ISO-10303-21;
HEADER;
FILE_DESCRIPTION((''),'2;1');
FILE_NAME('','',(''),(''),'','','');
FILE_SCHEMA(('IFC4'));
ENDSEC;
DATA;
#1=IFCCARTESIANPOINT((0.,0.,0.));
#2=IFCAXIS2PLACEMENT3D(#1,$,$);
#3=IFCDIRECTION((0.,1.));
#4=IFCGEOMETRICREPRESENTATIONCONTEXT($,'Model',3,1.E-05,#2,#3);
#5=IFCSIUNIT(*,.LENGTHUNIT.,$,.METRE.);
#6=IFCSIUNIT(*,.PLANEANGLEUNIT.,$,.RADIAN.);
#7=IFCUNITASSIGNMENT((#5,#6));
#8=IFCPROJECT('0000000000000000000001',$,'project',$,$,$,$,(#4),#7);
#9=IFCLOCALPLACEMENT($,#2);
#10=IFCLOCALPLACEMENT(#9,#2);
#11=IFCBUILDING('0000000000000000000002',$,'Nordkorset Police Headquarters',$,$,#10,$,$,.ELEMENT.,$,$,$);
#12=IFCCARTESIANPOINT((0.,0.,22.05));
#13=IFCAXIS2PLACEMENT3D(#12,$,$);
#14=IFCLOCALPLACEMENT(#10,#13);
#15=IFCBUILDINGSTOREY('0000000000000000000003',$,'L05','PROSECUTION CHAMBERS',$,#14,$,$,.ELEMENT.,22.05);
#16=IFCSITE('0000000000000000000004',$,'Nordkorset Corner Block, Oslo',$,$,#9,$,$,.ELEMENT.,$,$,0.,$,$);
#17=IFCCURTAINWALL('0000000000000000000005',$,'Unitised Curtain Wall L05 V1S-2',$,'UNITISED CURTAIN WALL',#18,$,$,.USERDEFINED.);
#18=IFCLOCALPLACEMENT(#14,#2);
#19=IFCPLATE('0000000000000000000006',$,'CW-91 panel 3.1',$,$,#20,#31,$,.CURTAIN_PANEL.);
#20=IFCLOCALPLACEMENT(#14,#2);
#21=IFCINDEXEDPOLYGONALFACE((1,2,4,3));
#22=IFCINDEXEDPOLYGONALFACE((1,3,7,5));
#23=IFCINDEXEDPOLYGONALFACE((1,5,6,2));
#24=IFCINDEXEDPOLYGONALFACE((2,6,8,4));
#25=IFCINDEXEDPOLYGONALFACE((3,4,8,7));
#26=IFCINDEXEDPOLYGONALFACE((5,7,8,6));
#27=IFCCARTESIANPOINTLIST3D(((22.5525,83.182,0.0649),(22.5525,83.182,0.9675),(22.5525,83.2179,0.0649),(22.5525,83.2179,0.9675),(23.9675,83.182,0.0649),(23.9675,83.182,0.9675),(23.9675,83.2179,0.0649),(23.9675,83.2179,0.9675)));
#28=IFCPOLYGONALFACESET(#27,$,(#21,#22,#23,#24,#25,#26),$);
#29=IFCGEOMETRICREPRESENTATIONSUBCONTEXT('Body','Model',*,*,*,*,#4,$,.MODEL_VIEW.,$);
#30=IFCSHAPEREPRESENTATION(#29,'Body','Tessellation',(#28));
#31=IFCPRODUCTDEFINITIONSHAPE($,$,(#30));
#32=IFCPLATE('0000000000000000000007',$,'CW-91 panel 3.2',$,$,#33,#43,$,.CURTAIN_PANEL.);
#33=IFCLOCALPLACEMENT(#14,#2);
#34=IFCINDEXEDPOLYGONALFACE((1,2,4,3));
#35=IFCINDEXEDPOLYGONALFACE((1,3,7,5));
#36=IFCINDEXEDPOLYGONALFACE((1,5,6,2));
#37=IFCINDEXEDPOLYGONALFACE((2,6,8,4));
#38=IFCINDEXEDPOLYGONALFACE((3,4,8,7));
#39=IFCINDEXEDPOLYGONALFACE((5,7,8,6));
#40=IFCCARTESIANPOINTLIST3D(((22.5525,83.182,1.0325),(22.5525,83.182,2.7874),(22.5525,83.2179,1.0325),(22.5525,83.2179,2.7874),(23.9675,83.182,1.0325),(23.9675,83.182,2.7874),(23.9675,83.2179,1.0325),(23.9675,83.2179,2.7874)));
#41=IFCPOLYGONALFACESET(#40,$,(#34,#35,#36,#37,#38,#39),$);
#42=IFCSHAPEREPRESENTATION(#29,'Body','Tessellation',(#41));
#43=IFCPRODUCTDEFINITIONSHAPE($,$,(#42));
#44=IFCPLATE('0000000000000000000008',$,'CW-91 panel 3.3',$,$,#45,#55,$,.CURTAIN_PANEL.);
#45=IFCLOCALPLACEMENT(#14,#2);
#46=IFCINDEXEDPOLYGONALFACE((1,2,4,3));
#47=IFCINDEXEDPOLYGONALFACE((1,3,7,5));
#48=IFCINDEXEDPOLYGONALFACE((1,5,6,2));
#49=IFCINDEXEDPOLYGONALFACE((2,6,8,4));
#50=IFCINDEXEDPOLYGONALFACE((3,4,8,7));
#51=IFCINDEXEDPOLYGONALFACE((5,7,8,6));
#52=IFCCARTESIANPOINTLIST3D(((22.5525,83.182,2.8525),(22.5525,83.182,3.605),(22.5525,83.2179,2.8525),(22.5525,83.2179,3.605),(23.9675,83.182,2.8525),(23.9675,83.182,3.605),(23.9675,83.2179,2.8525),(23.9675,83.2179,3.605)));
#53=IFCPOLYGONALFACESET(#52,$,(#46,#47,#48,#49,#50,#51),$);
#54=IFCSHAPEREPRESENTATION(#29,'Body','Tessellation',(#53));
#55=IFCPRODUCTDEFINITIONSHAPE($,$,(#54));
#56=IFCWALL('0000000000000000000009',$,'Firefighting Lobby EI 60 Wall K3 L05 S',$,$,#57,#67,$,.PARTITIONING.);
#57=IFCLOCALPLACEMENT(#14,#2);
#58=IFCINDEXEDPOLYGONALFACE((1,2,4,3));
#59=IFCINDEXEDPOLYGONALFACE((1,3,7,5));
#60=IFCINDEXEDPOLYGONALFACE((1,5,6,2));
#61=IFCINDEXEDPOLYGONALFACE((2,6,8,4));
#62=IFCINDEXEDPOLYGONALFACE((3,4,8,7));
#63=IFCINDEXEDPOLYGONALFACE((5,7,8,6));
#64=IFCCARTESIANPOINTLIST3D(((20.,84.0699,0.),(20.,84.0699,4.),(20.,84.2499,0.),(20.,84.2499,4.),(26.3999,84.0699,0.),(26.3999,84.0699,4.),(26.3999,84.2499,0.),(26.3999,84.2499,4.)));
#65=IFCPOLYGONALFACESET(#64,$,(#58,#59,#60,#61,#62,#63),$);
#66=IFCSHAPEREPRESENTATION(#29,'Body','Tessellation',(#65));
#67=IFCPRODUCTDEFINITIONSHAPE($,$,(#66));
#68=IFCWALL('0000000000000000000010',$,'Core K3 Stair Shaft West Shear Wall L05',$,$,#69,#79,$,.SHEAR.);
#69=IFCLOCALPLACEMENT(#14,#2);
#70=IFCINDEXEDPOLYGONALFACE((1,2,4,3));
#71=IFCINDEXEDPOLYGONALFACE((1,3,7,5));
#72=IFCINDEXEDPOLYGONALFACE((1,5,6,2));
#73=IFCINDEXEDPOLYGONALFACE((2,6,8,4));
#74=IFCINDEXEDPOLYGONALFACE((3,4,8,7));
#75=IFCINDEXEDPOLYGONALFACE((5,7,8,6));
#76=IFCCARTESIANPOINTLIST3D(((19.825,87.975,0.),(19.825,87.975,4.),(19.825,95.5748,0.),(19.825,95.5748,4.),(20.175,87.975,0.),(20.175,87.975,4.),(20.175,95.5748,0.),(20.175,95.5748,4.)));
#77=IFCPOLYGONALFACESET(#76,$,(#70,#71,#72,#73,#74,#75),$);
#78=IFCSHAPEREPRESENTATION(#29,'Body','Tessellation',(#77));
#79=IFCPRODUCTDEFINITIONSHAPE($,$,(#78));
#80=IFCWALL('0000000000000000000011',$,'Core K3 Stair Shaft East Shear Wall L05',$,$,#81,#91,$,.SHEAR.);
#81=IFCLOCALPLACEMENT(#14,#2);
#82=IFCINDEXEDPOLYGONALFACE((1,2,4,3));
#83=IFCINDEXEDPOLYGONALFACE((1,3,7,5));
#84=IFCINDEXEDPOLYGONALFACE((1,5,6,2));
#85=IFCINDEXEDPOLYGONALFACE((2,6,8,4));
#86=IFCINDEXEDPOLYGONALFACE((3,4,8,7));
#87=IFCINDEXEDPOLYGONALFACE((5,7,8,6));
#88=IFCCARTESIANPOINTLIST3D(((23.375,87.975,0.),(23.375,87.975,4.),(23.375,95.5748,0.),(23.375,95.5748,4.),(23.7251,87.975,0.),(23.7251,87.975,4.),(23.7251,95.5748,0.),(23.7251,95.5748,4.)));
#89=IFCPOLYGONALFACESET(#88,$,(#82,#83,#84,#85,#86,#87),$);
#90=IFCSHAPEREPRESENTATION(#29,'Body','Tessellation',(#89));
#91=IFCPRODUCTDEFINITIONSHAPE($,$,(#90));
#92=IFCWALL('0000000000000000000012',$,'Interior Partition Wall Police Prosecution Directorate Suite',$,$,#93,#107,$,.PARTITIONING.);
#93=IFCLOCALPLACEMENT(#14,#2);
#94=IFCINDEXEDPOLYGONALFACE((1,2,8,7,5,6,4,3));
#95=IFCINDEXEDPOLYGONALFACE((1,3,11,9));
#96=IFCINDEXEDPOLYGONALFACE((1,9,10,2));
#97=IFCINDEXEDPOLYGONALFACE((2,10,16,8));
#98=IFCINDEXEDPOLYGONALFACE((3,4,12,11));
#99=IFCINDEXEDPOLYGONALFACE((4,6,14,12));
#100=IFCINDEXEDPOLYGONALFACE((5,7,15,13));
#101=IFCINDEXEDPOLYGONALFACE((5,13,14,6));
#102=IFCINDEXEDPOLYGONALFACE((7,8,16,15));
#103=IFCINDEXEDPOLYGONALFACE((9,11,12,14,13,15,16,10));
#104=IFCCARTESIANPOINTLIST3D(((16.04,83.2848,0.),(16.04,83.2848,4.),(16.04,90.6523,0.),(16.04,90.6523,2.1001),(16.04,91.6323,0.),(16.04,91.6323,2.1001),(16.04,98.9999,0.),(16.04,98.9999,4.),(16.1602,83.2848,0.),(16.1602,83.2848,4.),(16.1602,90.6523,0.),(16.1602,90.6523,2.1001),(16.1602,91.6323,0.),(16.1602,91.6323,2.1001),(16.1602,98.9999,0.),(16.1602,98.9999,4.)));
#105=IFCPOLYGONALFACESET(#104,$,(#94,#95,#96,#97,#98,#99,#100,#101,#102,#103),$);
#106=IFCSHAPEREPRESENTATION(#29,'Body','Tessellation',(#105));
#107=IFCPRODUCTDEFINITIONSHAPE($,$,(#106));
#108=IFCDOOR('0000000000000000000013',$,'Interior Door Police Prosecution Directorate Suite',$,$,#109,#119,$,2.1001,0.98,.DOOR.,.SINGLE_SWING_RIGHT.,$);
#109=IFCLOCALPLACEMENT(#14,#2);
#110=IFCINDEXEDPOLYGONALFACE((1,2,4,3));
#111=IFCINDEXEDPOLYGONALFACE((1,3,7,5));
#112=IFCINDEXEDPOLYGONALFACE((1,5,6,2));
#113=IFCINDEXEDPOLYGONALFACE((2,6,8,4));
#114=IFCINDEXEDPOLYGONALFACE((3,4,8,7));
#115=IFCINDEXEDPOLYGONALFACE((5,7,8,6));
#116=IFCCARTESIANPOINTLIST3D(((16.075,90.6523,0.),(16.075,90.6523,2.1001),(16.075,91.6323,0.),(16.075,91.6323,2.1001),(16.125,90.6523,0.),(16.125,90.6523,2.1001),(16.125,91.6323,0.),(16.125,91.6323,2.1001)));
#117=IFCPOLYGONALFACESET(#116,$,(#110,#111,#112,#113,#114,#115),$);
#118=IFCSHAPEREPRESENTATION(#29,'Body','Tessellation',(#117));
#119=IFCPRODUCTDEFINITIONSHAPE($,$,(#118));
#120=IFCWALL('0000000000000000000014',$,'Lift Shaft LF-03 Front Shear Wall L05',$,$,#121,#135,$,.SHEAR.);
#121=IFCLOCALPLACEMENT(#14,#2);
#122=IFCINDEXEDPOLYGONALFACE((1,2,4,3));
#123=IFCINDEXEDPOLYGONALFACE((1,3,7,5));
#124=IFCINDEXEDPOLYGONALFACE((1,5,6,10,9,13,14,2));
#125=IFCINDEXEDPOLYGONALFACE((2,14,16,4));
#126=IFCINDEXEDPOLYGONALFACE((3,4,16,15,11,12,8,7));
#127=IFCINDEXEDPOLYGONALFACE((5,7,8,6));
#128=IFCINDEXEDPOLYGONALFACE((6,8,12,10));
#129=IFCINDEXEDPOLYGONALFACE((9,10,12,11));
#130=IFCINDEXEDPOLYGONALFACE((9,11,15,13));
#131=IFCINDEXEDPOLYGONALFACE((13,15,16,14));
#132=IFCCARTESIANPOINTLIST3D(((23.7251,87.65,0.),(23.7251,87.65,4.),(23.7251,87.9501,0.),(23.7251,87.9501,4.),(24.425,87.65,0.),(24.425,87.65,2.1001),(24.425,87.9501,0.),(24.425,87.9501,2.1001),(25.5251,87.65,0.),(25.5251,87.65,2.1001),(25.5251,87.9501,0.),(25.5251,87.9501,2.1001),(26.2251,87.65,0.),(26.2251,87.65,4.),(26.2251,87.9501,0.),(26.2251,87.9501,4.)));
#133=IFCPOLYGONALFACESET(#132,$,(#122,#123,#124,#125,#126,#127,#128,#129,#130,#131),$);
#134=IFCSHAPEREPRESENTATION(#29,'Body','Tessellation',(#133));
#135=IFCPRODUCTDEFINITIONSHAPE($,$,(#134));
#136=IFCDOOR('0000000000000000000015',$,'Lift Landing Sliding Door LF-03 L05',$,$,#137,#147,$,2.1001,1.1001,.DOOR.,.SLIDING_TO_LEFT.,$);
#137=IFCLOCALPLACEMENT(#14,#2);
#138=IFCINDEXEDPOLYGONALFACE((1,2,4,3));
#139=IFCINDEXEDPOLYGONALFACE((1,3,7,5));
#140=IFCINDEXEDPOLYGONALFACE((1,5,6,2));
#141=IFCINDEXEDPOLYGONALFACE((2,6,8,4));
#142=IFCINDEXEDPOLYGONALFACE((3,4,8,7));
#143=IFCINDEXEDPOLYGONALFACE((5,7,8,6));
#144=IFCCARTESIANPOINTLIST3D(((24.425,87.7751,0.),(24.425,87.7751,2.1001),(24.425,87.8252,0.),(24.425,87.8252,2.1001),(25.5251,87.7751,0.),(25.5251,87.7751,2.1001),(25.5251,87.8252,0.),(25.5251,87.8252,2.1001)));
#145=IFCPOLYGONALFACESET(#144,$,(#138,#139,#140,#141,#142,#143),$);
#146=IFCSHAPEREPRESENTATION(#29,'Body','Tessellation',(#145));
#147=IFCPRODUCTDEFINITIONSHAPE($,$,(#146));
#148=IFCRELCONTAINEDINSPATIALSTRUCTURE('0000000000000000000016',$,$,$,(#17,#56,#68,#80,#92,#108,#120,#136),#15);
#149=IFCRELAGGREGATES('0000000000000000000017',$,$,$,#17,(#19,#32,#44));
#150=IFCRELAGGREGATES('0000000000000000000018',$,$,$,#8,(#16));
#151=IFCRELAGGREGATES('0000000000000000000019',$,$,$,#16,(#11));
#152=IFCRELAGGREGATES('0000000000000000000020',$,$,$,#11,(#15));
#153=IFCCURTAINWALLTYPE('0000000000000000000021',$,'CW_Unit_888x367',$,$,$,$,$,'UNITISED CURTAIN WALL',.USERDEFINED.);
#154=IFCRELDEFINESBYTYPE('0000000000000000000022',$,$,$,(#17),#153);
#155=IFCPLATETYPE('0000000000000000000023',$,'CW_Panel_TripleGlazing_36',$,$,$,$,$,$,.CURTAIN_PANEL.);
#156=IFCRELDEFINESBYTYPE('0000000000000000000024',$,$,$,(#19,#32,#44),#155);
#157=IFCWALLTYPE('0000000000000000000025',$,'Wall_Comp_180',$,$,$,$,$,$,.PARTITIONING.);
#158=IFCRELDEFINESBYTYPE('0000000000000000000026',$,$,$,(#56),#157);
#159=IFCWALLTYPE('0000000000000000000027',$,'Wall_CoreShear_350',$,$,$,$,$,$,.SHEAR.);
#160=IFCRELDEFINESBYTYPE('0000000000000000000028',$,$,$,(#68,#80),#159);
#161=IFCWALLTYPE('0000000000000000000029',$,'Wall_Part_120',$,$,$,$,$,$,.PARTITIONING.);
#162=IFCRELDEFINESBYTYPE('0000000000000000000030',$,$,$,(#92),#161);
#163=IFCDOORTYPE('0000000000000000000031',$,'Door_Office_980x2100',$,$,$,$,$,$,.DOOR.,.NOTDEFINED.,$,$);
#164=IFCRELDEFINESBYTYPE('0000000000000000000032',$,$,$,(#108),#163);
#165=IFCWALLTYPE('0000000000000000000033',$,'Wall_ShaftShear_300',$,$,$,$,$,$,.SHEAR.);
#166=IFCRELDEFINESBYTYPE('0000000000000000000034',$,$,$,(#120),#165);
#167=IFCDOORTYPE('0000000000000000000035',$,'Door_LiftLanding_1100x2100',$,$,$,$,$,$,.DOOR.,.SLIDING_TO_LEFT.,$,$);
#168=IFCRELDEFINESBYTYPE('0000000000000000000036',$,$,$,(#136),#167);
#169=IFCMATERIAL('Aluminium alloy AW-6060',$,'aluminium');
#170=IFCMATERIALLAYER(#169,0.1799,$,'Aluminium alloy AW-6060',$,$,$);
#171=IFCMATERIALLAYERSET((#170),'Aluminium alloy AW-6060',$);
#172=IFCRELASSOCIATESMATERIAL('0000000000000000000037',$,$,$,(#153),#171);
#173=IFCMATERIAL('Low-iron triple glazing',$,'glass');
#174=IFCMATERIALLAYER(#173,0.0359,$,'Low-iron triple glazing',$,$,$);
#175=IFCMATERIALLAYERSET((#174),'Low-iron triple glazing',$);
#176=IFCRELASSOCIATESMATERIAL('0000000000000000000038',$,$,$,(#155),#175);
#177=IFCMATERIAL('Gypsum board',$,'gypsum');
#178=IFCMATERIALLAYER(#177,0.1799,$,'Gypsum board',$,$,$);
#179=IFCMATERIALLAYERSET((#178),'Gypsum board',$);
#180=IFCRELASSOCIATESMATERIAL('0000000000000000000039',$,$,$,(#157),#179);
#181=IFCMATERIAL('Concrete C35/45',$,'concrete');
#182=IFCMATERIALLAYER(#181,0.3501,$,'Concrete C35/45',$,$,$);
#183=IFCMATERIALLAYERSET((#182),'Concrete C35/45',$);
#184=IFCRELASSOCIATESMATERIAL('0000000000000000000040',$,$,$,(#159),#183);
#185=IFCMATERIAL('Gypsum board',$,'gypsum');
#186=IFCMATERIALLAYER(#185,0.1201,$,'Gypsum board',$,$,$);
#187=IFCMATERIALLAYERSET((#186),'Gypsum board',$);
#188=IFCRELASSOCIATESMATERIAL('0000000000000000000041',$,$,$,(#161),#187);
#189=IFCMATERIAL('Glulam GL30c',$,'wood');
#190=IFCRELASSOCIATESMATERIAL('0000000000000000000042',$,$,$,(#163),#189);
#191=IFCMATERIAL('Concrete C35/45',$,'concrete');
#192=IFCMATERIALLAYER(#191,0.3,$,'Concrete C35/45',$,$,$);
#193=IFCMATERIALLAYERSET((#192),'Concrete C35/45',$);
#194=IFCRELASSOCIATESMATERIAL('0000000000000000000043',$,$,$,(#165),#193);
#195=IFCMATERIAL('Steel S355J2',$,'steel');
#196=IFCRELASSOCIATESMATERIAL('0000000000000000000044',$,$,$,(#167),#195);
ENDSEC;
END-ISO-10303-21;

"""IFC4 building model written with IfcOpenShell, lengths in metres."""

from ifc_helpers import new_model, si_unit, direction, frame, frame_2d, origin, origin_2d, place, context, subcontext, project, spatial, rectangle, extrude, material, layer, layer_set, type_object, element, fill, aggregate, save


model = new_model("IFC4")

# Units and contexts
model_context = context("Model", 3, precision=1e-05, world=origin(), true_north=direction((0.0, 1.0)))
body_context = subcontext(model_context, "Body", "Model", "MODEL_VIEW")
ifc_project = project(units=[si_unit("LENGTHUNIT", "METRE"), si_unit("PLANEANGLEUNIT", "RADIAN")], contexts=[model_context])

# Site, building, storey
site_placement = place(None, origin())
site = spatial("IfcSite", under=ifc_project, at=site_placement, Name="Nordkorset Corner Block, Oslo", CompositionType="ELEMENT", RefElevation=0.0)
building_placement = place(site_placement, origin())
building = spatial("IfcBuilding", under=site, at=building_placement, Name="Nordkorset Police Headquarters", CompositionType="ELEMENT")
storey_placement = place(building_placement, frame((0.0, 0.0, 22.05)))
storey = spatial("IfcBuildingStorey", under=building, at=storey_placement, Name="L05", Description="PROSECUTION CHAMBERS", CompositionType="ELEMENT", Elevation=22.05)

# Curtain wall
ifc_material_1 = material(Name="Aluminium alloy AW-6060", Category="aluminium")
ifc_layer_1 = layer(ifc_material_1, 0.1799, Name="Aluminium alloy AW-6060")
ifc_layer_set_1 = layer_set([ifc_layer_1], Name="Aluminium alloy AW-6060")
curtain_wall_type = type_object("IfcCurtainWallType", Name="CW_Unit_888x367", ElementType="UNITISED CURTAIN WALL", PredefinedType="USERDEFINED", material=ifc_layer_set_1)
curtain_wall_placement = place(storey_placement, origin())
curtain_wall = element("IfcCurtainWall", 1, at=curtain_wall_placement, inside=storey, type_object=curtain_wall_type, Name="Unitised Curtain Wall L05 V1S-2", ObjectType="UNITISED CURTAIN WALL", PredefinedType="USERDEFINED")

# Plates
ifc_material_2 = material(Name="Low-iron triple glazing", Category="glass")
ifc_layer_2 = layer(ifc_material_2, 0.0359, Name="Low-iron triple glazing")
ifc_layer_set_2 = layer_set([ifc_layer_2], Name="Low-iron triple glazing")
plate_type = type_object("IfcPlateType", Name="CW_Panel_TripleGlazing_36", PredefinedType="CURTAIN_PANEL", material=ifc_layer_set_2)
plate_1_placement = place(storey_placement, frame((23.26, 83.2, 0.0649), z_axis=(0.0, 0.0, 1.0), x_axis=(1.0, 0.0, 0.0)))
plate_1 = element("IfcPlate", 2, at=plate_1_placement, type_object=plate_type, Name="CW-91 panel 3.1", PredefinedType="CURTAIN_PANEL", context=body_context, shape_type="SweptSolid", body=[
    extrude(rectangle(XDim=1.415, YDim=0.0359, at=origin_2d()), origin(), (0.0, 0.0, 1.0), 0.9026),
])
plate_2_placement = place(storey_placement, frame((23.26, 83.2, 1.0325), z_axis=(0.0, 0.0, 1.0), x_axis=(1.0, 0.0, 0.0)))
plate_2 = element("IfcPlate", 3, at=plate_2_placement, type_object=plate_type, Name="CW-91 panel 3.2", PredefinedType="CURTAIN_PANEL", context=body_context, shape_type="SweptSolid", body=[
    extrude(rectangle(XDim=1.415, YDim=0.0359, at=origin_2d()), origin(), (0.0, 0.0, 1.0), 1.7549),
])
plate_3_placement = place(storey_placement, frame((23.26, 83.2, 2.8525), z_axis=(0.0, 0.0, 1.0), x_axis=(1.0, 0.0, 0.0)))
plate_3 = element("IfcPlate", 4, at=plate_3_placement, type_object=plate_type, Name="CW-91 panel 3.3", PredefinedType="CURTAIN_PANEL", context=body_context, shape_type="SweptSolid", body=[
    extrude(rectangle(XDim=1.415, YDim=0.0359, at=origin_2d()), origin(), (0.0, 0.0, 1.0), 0.7524),
])
aggregate(curtain_wall, [plate_1, plate_2, plate_3])

# Wall
ifc_material_3 = material(Name="Gypsum board", Category="gypsum")
ifc_layer_3 = layer(ifc_material_3, 0.1799, Name="Gypsum board")
ifc_layer_set_3 = layer_set([ifc_layer_3], Name="Gypsum board")
wall_type_1 = type_object("IfcWallType", Name="Wall_Comp_180", PredefinedType="PARTITIONING", material=ifc_layer_set_3)
wall_1_placement = place(storey_placement, frame((20.0, 84.1599, 0.0), z_axis=(0.0, 0.0, 1.0), x_axis=(1.0, 0.0, 0.0)))
element("IfcWall", 5, at=wall_1_placement, inside=storey, type_object=wall_type_1, Name="Firefighting Lobby EI 60 Wall K3 L05 S", PredefinedType="PARTITIONING", context=body_context, shape_type="SweptSolid", body=[
    extrude(rectangle(XDim=6.3999, YDim=0.1799, at=frame_2d((3.2, 0.0))), origin(), (0.0, 0.0, 1.0), 4.0),
])

# Shared definitions
ifc_material_4 = material(Name="Concrete C35/45", Category="concrete")
ifc_layer_4 = layer(ifc_material_4, 0.3501, Name="Concrete C35/45")
ifc_layer_set_4 = layer_set([ifc_layer_4], Name="Concrete C35/45")
wall_type_2 = type_object("IfcWallType", Name="Wall_CoreShear_350", PredefinedType="SHEAR", material=ifc_layer_set_4)

# Walls
for number, where, z_axis, x_axis, name in (
    (6, (20.0, 87.9751, 0.0), (0.0, 0.0, 1.0), (0.0, 1.0, 0.0), "Core K3 Stair Shaft West Shear Wall L05"),
    (7, (23.55, 87.9751, 0.0), (0.0, 0.0, 1.0), (0.0, 1.0, 0.0), "Core K3 Stair Shaft East Shear Wall L05"),
):
    element("IfcWall", number, at=place(storey_placement, frame(where, z_axis=z_axis, x_axis=x_axis)), inside=storey, type_object=wall_type_2, Name=name, PredefinedType="SHEAR", context=body_context, shape_type="SweptSolid", body=[
        extrude(rectangle(XDim=7.5999, YDim=0.3501, at=frame_2d((3.7998, 0.0))), origin(), (0.0, 0.0, 1.0), 4.0),
    ])

# Walls, openings, doors
ifc_material_5 = material(Name="Gypsum board", Category="gypsum")
ifc_layer_5 = layer(ifc_material_5, 0.1201, Name="Gypsum board")
ifc_layer_set_5 = layer_set([ifc_layer_5], Name="Gypsum board")
wall_type_3 = type_object("IfcWallType", Name="Wall_Part_120", PredefinedType="PARTITIONING", material=ifc_layer_set_5)
wall_2_placement = place(storey_placement, frame((16.1001, 83.2849, 0.0), z_axis=(0.0, 0.0, 1.0), x_axis=(0.0, 1.0, 0.0)))
wall_2 = element("IfcWall", 8, at=wall_2_placement, inside=storey, type_object=wall_type_3, Name="Interior Partition Wall Police Prosecution Directorate Suite", PredefinedType="PARTITIONING", context=body_context, shape_type="SweptSolid", body=[
    extrude(rectangle(XDim=15.7151, YDim=0.1201, at=frame_2d((7.8574, 0.0))), origin(), (0.0, 0.0, 1.0), 4.0),
])
opening_1_placement = place(wall_2_placement, frame((7.3674, 0.0, 0.0)))
opening_1 = element("IfcOpeningElement", 9, at=opening_1_placement, cuts=wall_2, PredefinedType="OPENING", context=body_context, shape_type="SweptSolid", body=[
    extrude(rectangle(XDim=0.98, YDim=2.1001, at=frame_2d((0.49, 1.05))), frame((0.0, 0.0701, 0.0), z_axis=(0.0, -1.0, 0.0), x_axis=(1.0, 0.0, 0.0)), (0.0, 0.0, 1.0), 0.1401),
])
ifc_material_6 = material(Name="Glulam GL30c", Category="wood")
door_type_1 = type_object("IfcDoorType", Name="Door_Office_980x2100", OperationType="NOTDEFINED", PredefinedType="DOOR", material=ifc_material_6)
door_1_placement = place(opening_1_placement, frame((0.98, 0.0, 0.0), z_axis=(0.0, 0.0, 1.0), x_axis=(-1.0, 0.0, 0.0)))
door_1 = element("IfcDoor", 10, at=door_1_placement, inside=storey, type_object=door_type_1, Name="Interior Door Police Prosecution Directorate Suite", OperationType="SINGLE_SWING_RIGHT", OverallHeight=2.1001, OverallWidth=0.98, PredefinedType="DOOR", context=body_context, shape_type="SweptSolid", body=[
    extrude(rectangle(XDim=0.98, YDim=2.1001, at=frame_2d((0.49, 1.05))), frame((0.0, 0.0249, 0.0), z_axis=(0.0, -1.0, 0.0), x_axis=(1.0, 0.0, 0.0)), (0.0, 0.0, 1.0), 0.05),
])
fill(opening_1, door_1)
ifc_material_7 = material(Name="Concrete C35/45", Category="concrete")
ifc_layer_6 = layer(ifc_material_7, 0.3, Name="Concrete C35/45")
ifc_layer_set_6 = layer_set([ifc_layer_6], Name="Concrete C35/45")
wall_type_4 = type_object("IfcWallType", Name="Wall_ShaftShear_300", PredefinedType="SHEAR", material=ifc_layer_set_6)
wall_3_placement = place(storey_placement, frame((23.7251, 87.8, 0.0), z_axis=(0.0, 0.0, 1.0), x_axis=(1.0, 0.0, 0.0)))
wall_3 = element("IfcWall", 11, at=wall_3_placement, inside=storey, type_object=wall_type_4, Name="Lift Shaft LF-03 Front Shear Wall L05", PredefinedType="SHEAR", context=body_context, shape_type="SweptSolid", body=[
    extrude(rectangle(XDim=2.5, YDim=0.3, at=frame_2d((1.25, 0.0))), origin(), (0.0, 0.0, 1.0), 4.0),
])
opening_2_placement = place(wall_3_placement, frame((0.7, 0.0, 0.0)))
opening_2 = element("IfcOpeningElement", 12, at=opening_2_placement, cuts=wall_3, PredefinedType="OPENING", context=body_context, shape_type="SweptSolid", body=[
    extrude(rectangle(XDim=1.1001, YDim=2.1001, at=frame_2d((0.55, 1.05))), frame((0.0, 0.1602, 0.0), z_axis=(0.0, -1.0, 0.0), x_axis=(1.0, 0.0, 0.0)), (0.0, 0.0, 1.0), 0.3201),
])
ifc_material_8 = material(Name="Steel S355J2", Category="steel")
door_type_2 = type_object("IfcDoorType", Name="Door_LiftLanding_1100x2100", OperationType="SLIDING_TO_LEFT", PredefinedType="DOOR", material=ifc_material_8)
door_2_placement = place(opening_2_placement, frame((1.1001, 0.0, 0.0), z_axis=(0.0, 0.0, 1.0), x_axis=(-1.0, 0.0, 0.0)))
door_2 = element("IfcDoor", 13, at=door_2_placement, inside=storey, type_object=door_type_2, Name="Lift Landing Sliding Door LF-03 L05", OperationType="SLIDING_TO_LEFT", OverallHeight=2.1001, OverallWidth=1.1001, PredefinedType="DOOR", context=body_context, shape_type="SweptSolid", body=[
    extrude(rectangle(XDim=1.1001, YDim=2.1001, at=frame_2d((0.55, 1.05))), frame((0.0, 0.0249, 0.0), z_axis=(0.0, -1.0, 0.0), x_axis=(1.0, 0.0, 0.0)), (0.0, 0.0, 1.0), 0.05),
])
fill(opening_2, door_2)

save(model, "model.ifc")
